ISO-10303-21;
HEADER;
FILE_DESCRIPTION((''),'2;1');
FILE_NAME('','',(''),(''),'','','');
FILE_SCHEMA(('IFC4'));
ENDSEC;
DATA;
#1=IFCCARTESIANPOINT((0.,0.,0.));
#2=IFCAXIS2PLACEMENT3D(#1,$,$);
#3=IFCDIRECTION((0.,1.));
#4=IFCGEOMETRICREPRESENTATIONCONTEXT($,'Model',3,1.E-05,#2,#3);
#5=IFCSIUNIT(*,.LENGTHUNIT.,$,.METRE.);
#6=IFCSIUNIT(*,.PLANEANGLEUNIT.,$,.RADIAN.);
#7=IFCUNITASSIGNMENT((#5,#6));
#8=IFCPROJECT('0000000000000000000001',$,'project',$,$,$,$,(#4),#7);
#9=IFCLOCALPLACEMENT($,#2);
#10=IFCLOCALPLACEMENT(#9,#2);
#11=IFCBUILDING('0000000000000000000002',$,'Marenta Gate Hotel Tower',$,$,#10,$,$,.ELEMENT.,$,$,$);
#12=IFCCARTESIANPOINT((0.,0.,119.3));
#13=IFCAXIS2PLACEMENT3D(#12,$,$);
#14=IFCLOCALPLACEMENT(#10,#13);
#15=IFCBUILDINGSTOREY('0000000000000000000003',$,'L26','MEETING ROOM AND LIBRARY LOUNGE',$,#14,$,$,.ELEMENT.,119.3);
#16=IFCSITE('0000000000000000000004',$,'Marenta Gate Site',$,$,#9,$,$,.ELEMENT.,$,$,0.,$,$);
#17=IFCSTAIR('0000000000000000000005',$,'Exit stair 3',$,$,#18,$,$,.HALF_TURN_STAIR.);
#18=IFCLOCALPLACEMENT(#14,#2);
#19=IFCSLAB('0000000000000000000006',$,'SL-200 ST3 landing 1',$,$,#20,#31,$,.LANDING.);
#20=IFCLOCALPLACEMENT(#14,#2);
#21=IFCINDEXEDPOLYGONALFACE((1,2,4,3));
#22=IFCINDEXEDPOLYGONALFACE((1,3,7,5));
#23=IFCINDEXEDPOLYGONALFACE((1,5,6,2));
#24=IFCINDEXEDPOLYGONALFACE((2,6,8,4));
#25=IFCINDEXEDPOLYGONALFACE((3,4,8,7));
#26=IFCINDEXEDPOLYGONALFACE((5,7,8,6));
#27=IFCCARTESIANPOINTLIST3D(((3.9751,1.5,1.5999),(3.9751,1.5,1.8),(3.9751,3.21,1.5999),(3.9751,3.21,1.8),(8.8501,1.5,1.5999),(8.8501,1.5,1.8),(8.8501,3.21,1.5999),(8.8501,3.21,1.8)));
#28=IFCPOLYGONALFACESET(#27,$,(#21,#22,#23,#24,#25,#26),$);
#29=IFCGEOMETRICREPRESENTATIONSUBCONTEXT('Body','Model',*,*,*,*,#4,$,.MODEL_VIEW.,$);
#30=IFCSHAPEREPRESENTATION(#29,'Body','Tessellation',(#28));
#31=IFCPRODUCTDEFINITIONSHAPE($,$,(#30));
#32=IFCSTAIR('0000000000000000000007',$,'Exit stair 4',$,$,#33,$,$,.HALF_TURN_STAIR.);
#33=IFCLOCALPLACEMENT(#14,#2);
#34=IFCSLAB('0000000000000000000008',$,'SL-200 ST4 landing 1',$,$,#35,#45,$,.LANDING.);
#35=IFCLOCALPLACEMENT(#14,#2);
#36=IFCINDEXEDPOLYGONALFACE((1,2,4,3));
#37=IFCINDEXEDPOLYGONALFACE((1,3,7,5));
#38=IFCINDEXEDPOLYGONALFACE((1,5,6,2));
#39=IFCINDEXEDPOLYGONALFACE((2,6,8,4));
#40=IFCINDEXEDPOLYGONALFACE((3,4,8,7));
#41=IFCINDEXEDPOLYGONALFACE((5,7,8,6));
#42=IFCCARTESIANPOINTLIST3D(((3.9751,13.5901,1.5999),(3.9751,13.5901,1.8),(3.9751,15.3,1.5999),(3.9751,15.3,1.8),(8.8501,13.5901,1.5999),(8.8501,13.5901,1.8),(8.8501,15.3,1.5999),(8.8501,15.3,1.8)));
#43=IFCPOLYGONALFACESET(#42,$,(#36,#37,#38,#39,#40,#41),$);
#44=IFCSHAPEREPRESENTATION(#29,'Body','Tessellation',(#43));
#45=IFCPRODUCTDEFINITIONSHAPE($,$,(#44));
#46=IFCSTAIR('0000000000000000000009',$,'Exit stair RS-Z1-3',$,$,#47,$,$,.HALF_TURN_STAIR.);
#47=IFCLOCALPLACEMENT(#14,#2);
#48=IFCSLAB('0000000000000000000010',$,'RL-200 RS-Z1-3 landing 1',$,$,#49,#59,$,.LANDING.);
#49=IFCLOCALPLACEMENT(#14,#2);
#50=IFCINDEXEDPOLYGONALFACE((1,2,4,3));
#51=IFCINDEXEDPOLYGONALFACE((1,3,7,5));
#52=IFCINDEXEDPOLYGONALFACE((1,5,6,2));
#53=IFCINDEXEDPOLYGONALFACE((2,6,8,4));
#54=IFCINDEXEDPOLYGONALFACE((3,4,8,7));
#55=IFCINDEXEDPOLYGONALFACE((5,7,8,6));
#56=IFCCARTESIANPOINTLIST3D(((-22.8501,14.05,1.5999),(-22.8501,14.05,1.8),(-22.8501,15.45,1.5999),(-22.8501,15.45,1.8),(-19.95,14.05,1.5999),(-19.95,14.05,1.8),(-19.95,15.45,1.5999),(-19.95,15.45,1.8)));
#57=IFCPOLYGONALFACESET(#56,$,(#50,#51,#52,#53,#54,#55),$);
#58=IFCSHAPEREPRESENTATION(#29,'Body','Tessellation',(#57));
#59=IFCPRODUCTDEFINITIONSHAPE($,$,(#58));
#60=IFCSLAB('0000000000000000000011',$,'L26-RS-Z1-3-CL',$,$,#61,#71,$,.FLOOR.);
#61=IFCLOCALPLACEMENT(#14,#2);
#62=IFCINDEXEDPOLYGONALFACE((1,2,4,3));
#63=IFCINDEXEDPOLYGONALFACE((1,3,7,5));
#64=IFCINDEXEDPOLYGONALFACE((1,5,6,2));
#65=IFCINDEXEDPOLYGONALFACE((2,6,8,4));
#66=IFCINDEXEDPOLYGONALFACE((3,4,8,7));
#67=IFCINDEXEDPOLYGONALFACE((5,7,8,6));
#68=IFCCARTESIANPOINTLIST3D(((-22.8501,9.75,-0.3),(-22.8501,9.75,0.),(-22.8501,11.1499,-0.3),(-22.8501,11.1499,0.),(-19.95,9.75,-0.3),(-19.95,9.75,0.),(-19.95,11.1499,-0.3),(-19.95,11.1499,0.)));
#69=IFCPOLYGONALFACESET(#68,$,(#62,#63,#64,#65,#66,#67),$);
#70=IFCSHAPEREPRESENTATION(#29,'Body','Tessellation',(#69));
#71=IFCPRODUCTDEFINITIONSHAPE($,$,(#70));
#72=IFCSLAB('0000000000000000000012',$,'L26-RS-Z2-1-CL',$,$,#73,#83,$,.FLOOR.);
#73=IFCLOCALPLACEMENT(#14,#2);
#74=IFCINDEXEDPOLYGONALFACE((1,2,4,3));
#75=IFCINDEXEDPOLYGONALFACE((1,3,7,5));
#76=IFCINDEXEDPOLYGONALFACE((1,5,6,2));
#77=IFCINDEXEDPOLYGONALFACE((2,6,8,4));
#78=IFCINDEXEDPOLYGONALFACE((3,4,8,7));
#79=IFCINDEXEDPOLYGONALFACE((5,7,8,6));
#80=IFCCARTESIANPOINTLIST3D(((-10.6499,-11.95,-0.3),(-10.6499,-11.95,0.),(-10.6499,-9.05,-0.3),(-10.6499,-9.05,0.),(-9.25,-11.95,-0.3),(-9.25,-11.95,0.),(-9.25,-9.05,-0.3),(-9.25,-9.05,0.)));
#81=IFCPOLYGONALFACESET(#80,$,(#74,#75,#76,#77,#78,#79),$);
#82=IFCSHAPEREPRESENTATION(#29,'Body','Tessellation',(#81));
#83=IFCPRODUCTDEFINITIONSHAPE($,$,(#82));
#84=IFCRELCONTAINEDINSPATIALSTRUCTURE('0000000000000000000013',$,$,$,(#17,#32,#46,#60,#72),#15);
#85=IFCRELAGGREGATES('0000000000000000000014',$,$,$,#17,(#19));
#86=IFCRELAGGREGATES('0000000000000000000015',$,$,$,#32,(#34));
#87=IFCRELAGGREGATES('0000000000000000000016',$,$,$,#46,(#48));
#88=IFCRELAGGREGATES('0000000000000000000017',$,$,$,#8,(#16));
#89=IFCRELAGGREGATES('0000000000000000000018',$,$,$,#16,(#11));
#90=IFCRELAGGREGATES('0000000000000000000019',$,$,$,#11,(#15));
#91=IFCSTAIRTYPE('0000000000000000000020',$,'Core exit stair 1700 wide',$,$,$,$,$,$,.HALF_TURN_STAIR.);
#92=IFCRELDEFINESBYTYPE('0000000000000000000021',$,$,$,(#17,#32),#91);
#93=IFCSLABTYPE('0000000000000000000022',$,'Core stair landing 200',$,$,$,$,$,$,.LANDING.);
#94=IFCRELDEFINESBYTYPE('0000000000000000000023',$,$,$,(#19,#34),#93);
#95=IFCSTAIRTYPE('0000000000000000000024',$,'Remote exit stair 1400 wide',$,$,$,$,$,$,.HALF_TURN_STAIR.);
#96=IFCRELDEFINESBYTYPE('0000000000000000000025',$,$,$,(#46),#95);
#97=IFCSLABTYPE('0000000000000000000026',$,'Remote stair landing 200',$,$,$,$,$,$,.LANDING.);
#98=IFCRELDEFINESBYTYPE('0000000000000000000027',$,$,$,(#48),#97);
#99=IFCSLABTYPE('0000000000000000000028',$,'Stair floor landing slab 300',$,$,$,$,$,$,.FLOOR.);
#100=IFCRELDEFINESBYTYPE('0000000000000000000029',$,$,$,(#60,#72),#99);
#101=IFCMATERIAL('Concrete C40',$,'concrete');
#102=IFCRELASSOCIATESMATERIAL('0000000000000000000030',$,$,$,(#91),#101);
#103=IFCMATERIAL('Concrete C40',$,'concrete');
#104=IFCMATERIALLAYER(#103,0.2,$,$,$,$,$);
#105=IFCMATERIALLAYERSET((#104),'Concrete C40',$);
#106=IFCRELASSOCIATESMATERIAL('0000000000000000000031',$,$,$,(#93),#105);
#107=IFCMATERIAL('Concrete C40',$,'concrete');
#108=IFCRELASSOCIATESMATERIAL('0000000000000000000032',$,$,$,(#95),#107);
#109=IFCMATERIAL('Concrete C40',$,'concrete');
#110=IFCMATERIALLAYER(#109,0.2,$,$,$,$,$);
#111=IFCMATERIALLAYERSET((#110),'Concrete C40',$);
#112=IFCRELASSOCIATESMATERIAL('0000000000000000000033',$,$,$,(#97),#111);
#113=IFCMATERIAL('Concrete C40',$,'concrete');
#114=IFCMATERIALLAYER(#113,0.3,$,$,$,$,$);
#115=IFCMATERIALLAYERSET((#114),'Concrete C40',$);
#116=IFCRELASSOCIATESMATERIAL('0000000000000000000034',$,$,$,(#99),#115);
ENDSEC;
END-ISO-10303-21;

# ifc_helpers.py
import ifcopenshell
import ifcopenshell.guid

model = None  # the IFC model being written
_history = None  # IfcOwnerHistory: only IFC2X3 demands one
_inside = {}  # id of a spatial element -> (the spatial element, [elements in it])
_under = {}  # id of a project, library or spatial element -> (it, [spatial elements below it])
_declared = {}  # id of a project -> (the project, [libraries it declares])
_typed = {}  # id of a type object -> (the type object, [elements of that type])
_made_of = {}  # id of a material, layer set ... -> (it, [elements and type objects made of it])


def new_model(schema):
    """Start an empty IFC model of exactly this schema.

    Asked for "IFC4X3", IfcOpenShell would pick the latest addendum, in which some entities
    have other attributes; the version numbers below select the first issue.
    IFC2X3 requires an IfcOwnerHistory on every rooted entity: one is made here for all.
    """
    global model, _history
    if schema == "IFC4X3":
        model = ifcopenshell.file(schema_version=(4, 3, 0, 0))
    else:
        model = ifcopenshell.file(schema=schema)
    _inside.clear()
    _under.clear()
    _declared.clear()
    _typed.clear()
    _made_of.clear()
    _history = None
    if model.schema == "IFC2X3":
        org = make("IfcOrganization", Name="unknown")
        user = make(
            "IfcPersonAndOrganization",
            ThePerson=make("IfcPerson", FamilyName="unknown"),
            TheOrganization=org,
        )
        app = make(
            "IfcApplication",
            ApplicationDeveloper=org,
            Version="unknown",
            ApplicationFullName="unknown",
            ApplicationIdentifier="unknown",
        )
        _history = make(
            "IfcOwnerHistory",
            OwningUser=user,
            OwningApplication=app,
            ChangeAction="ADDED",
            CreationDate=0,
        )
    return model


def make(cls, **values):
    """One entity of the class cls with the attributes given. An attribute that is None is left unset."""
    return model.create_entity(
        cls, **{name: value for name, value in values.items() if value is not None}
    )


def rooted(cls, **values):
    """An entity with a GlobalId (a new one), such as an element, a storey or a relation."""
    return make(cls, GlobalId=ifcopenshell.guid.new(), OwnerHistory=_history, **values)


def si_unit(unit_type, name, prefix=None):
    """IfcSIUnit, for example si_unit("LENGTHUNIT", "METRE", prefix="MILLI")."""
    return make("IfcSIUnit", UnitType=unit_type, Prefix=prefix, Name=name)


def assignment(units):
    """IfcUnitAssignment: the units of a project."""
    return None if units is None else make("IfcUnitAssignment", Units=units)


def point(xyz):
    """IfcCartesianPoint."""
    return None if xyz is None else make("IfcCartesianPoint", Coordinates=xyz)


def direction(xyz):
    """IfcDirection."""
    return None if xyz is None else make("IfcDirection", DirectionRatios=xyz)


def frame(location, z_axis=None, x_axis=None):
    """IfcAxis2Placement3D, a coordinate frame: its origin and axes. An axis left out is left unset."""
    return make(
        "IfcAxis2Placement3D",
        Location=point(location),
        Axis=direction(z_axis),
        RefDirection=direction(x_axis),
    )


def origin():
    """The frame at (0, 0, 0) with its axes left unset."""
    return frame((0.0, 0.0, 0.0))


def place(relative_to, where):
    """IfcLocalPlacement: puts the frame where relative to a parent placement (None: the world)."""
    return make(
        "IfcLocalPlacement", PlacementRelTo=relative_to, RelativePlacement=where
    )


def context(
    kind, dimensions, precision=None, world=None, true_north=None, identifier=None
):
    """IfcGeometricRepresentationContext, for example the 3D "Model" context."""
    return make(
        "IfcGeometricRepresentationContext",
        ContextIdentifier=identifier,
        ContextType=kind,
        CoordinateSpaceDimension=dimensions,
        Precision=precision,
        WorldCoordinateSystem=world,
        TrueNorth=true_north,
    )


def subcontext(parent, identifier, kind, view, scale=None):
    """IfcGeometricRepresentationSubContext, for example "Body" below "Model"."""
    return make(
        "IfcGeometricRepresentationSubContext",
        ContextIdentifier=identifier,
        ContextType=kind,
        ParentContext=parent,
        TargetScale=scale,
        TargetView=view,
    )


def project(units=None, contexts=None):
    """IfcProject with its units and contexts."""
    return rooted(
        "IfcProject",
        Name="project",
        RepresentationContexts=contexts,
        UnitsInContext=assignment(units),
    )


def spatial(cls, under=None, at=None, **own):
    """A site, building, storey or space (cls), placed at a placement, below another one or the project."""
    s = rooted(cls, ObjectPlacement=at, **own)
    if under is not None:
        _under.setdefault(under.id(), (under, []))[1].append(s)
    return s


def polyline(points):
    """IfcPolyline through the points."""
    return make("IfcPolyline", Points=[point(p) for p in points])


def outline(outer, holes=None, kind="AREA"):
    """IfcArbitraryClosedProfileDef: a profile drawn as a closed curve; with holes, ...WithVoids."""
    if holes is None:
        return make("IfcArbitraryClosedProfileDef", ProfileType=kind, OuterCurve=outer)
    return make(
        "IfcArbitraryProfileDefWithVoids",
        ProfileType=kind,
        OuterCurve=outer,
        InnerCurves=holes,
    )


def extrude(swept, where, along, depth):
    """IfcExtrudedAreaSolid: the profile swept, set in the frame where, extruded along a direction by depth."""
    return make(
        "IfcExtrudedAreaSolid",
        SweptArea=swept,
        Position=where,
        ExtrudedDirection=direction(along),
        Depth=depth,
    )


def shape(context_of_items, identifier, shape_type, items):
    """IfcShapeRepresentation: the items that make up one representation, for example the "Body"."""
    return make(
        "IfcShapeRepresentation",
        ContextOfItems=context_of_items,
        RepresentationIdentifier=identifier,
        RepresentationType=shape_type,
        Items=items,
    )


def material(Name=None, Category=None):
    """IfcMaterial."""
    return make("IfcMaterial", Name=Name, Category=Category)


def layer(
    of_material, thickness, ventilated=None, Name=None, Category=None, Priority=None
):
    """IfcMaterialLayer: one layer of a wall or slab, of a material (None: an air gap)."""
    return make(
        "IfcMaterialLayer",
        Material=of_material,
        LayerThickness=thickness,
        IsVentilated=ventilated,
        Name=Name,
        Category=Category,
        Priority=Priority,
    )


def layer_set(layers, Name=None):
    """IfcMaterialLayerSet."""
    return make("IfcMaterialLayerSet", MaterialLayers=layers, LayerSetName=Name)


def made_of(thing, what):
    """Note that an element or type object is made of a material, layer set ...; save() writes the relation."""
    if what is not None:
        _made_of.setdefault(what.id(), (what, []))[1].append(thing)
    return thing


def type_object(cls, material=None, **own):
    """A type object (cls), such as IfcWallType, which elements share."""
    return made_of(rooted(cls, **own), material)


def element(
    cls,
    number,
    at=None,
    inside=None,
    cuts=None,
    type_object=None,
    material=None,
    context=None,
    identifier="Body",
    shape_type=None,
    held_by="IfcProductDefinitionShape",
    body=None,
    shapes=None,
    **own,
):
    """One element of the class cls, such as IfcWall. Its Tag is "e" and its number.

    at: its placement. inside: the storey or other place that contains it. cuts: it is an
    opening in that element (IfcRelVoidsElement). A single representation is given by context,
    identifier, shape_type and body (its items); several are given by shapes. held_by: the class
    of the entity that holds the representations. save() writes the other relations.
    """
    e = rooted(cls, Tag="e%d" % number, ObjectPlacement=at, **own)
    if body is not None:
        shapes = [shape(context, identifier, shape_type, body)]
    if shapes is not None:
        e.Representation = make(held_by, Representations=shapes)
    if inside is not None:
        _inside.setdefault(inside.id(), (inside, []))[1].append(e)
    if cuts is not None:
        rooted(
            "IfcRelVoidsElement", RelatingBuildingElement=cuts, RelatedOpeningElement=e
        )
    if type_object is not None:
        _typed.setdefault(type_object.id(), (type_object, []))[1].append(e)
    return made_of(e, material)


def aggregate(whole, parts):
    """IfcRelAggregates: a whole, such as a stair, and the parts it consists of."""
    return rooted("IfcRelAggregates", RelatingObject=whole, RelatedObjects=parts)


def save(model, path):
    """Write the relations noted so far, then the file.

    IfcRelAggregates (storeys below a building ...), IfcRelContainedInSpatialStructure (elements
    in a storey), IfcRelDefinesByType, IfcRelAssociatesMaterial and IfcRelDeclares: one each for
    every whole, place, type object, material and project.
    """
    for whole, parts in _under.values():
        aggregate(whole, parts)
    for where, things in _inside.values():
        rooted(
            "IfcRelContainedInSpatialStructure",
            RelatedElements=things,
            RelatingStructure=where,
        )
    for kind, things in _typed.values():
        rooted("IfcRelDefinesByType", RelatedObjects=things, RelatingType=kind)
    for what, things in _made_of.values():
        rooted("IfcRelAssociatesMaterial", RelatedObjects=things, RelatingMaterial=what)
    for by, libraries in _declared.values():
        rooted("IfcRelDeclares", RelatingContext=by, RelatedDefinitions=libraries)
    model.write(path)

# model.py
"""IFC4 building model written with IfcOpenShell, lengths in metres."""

from ifc_helpers import new_model, si_unit, direction, frame, origin, place, context, subcontext, project, spatial, polyline, outline, extrude, material, layer, layer_set, type_object, element, aggregate, save


model = new_model("IFC4")

# Units and contexts
model_context = context("Model", 3, precision=1e-05, world=origin(), true_north=direction((0.0, 1.0)))
body_context = subcontext(model_context, "Body", "Model", "MODEL_VIEW")
ifc_project = project(units=[si_unit("LENGTHUNIT", "METRE"), si_unit("PLANEANGLEUNIT", "RADIAN")], contexts=[model_context])

# Site, building, storey
site_placement = place(None, origin())
site = spatial("IfcSite", under=ifc_project, at=site_placement, Name="Marenta Gate Site", CompositionType="ELEMENT", RefElevation=0.0)
building_placement = place(site_placement, origin())
building = spatial("IfcBuilding", under=site, at=building_placement, Name="Marenta Gate Hotel Tower", CompositionType="ELEMENT")
storey_placement = place(building_placement, frame((0.0, 0.0, 119.3)))
storey = spatial("IfcBuildingStorey", under=building, at=storey_placement, Name="L26", Description="MEETING ROOM AND LIBRARY LOUNGE", CompositionType="ELEMENT", Elevation=119.3)

# Stairs, slabs
ifc_material_1 = material(Name="Concrete C40", Category="concrete")
stair_type_1 = type_object("IfcStairType", Name="Core exit stair 1700 wide", PredefinedType="HALF_TURN_STAIR", material=ifc_material_1)
ifc_material_2 = material(Name="Concrete C40", Category="concrete")
ifc_layer_1 = layer(ifc_material_2, 0.2)
ifc_layer_set_1 = layer_set([ifc_layer_1], Name="Concrete C40")
slab_type_1 = type_object("IfcSlabType", Name="Core stair landing 200", PredefinedType="LANDING", material=ifc_layer_set_1)
stair_1_placement = place(storey_placement, origin())
stair_1 = element("IfcStair", 1, at=stair_1_placement, inside=storey, type_object=stair_type_1, Name="Exit stair 3", PredefinedType="HALF_TURN_STAIR")
slab_1_placement = place(storey_placement, frame((0.0, 0.0, 1.5999)))
slab_1 = element("IfcSlab", 2, at=slab_1_placement, type_object=slab_type_1, Name="SL-200 ST3 landing 1", PredefinedType="LANDING", context=body_context, shape_type="SweptSolid", body=[
    extrude(outline(polyline([(3.9751, 1.5), (8.8501, 1.5), (8.8501, 3.21), (3.9751, 3.21), (3.9751, 1.5)])), origin(), (0.0, 0.0, 1.0), 0.2002),
])
aggregate(stair_1, [slab_1])
stair_2_placement = place(storey_placement, origin())
stair_2 = element("IfcStair", 3, at=stair_2_placement, inside=storey, type_object=stair_type_1, Name="Exit stair 4", PredefinedType="HALF_TURN_STAIR")
slab_2_placement = place(storey_placement, frame((0.0, 0.0, 1.5999)))
slab_2 = element("IfcSlab", 4, at=slab_2_placement, type_object=slab_type_1, Name="SL-200 ST4 landing 1", PredefinedType="LANDING", context=body_context, shape_type="SweptSolid", body=[
    extrude(outline(polyline([(3.9751, 13.5901), (8.8501, 13.5901), (8.8501, 15.3), (3.9751, 15.3), (3.9751, 13.5901)])), origin(), (0.0, 0.0, 1.0), 0.2002),
])
aggregate(stair_2, [slab_2])
ifc_material_3 = material(Name="Concrete C40", Category="concrete")
stair_type_2 = type_object("IfcStairType", Name="Remote exit stair 1400 wide", PredefinedType="HALF_TURN_STAIR", material=ifc_material_3)
stair_3_placement = place(storey_placement, origin())
stair_3 = element("IfcStair", 5, at=stair_3_placement, inside=storey, type_object=stair_type_2, Name="Exit stair RS-Z1-3", PredefinedType="HALF_TURN_STAIR")
ifc_material_4 = material(Name="Concrete C40", Category="concrete")
ifc_layer_2 = layer(ifc_material_4, 0.2)
ifc_layer_set_2 = layer_set([ifc_layer_2], Name="Concrete C40")
slab_type_2 = type_object("IfcSlabType", Name="Remote stair landing 200", PredefinedType="LANDING", material=ifc_layer_set_2)
slab_3_placement = place(storey_placement, frame((0.0, 0.0, 1.5999)))
slab_3 = element("IfcSlab", 6, at=slab_3_placement, type_object=slab_type_2, Name="RL-200 RS-Z1-3 landing 1", PredefinedType="LANDING", context=body_context, shape_type="SweptSolid", body=[
    extrude(outline(polyline([(-22.8501, 14.05), (-19.95, 14.05), (-19.95, 15.45), (-22.8501, 15.45), (-22.8501, 14.05)])), origin(), (0.0, 0.0, 1.0), 0.2002),
])
aggregate(stair_3, [slab_3])

# Slabs
ifc_material_5 = material(Name="Concrete C40", Category="concrete")
ifc_layer_3 = layer(ifc_material_5, 0.3)
ifc_layer_set_3 = layer_set([ifc_layer_3], Name="Concrete C40")
slab_type_3 = type_object("IfcSlabType", Name="Stair floor landing slab 300", PredefinedType="FLOOR", material=ifc_layer_set_3)
slab_4_placement = place(storey_placement, frame((0.0, 0.0, -0.3)))
element("IfcSlab", 7, at=slab_4_placement, inside=storey, type_object=slab_type_3, Name="L26-RS-Z1-3-CL", PredefinedType="FLOOR", context=body_context, shape_type="SweptSolid", body=[
    extrude(outline(polyline([(-19.95, 9.75), (-19.95, 11.1499), (-22.8501, 11.1499), (-22.8501, 9.75), (-19.95, 9.75)])), origin(), (0.0, 0.0, 1.0), 0.3),
])
slab_5_placement = place(storey_placement, frame((0.0, 0.0, -0.3)))
element("IfcSlab", 8, at=slab_5_placement, inside=storey, type_object=slab_type_3, Name="L26-RS-Z2-1-CL", PredefinedType="FLOOR", context=body_context, shape_type="SweptSolid", body=[
    extrude(outline(polyline([(-9.25, -11.95), (-9.25, -9.05), (-10.6499, -9.05), (-10.6499, -11.95), (-9.25, -11.95)])), origin(), (0.0, 0.0, 1.0), 0.3),
])

save(model, "model.ifc")
